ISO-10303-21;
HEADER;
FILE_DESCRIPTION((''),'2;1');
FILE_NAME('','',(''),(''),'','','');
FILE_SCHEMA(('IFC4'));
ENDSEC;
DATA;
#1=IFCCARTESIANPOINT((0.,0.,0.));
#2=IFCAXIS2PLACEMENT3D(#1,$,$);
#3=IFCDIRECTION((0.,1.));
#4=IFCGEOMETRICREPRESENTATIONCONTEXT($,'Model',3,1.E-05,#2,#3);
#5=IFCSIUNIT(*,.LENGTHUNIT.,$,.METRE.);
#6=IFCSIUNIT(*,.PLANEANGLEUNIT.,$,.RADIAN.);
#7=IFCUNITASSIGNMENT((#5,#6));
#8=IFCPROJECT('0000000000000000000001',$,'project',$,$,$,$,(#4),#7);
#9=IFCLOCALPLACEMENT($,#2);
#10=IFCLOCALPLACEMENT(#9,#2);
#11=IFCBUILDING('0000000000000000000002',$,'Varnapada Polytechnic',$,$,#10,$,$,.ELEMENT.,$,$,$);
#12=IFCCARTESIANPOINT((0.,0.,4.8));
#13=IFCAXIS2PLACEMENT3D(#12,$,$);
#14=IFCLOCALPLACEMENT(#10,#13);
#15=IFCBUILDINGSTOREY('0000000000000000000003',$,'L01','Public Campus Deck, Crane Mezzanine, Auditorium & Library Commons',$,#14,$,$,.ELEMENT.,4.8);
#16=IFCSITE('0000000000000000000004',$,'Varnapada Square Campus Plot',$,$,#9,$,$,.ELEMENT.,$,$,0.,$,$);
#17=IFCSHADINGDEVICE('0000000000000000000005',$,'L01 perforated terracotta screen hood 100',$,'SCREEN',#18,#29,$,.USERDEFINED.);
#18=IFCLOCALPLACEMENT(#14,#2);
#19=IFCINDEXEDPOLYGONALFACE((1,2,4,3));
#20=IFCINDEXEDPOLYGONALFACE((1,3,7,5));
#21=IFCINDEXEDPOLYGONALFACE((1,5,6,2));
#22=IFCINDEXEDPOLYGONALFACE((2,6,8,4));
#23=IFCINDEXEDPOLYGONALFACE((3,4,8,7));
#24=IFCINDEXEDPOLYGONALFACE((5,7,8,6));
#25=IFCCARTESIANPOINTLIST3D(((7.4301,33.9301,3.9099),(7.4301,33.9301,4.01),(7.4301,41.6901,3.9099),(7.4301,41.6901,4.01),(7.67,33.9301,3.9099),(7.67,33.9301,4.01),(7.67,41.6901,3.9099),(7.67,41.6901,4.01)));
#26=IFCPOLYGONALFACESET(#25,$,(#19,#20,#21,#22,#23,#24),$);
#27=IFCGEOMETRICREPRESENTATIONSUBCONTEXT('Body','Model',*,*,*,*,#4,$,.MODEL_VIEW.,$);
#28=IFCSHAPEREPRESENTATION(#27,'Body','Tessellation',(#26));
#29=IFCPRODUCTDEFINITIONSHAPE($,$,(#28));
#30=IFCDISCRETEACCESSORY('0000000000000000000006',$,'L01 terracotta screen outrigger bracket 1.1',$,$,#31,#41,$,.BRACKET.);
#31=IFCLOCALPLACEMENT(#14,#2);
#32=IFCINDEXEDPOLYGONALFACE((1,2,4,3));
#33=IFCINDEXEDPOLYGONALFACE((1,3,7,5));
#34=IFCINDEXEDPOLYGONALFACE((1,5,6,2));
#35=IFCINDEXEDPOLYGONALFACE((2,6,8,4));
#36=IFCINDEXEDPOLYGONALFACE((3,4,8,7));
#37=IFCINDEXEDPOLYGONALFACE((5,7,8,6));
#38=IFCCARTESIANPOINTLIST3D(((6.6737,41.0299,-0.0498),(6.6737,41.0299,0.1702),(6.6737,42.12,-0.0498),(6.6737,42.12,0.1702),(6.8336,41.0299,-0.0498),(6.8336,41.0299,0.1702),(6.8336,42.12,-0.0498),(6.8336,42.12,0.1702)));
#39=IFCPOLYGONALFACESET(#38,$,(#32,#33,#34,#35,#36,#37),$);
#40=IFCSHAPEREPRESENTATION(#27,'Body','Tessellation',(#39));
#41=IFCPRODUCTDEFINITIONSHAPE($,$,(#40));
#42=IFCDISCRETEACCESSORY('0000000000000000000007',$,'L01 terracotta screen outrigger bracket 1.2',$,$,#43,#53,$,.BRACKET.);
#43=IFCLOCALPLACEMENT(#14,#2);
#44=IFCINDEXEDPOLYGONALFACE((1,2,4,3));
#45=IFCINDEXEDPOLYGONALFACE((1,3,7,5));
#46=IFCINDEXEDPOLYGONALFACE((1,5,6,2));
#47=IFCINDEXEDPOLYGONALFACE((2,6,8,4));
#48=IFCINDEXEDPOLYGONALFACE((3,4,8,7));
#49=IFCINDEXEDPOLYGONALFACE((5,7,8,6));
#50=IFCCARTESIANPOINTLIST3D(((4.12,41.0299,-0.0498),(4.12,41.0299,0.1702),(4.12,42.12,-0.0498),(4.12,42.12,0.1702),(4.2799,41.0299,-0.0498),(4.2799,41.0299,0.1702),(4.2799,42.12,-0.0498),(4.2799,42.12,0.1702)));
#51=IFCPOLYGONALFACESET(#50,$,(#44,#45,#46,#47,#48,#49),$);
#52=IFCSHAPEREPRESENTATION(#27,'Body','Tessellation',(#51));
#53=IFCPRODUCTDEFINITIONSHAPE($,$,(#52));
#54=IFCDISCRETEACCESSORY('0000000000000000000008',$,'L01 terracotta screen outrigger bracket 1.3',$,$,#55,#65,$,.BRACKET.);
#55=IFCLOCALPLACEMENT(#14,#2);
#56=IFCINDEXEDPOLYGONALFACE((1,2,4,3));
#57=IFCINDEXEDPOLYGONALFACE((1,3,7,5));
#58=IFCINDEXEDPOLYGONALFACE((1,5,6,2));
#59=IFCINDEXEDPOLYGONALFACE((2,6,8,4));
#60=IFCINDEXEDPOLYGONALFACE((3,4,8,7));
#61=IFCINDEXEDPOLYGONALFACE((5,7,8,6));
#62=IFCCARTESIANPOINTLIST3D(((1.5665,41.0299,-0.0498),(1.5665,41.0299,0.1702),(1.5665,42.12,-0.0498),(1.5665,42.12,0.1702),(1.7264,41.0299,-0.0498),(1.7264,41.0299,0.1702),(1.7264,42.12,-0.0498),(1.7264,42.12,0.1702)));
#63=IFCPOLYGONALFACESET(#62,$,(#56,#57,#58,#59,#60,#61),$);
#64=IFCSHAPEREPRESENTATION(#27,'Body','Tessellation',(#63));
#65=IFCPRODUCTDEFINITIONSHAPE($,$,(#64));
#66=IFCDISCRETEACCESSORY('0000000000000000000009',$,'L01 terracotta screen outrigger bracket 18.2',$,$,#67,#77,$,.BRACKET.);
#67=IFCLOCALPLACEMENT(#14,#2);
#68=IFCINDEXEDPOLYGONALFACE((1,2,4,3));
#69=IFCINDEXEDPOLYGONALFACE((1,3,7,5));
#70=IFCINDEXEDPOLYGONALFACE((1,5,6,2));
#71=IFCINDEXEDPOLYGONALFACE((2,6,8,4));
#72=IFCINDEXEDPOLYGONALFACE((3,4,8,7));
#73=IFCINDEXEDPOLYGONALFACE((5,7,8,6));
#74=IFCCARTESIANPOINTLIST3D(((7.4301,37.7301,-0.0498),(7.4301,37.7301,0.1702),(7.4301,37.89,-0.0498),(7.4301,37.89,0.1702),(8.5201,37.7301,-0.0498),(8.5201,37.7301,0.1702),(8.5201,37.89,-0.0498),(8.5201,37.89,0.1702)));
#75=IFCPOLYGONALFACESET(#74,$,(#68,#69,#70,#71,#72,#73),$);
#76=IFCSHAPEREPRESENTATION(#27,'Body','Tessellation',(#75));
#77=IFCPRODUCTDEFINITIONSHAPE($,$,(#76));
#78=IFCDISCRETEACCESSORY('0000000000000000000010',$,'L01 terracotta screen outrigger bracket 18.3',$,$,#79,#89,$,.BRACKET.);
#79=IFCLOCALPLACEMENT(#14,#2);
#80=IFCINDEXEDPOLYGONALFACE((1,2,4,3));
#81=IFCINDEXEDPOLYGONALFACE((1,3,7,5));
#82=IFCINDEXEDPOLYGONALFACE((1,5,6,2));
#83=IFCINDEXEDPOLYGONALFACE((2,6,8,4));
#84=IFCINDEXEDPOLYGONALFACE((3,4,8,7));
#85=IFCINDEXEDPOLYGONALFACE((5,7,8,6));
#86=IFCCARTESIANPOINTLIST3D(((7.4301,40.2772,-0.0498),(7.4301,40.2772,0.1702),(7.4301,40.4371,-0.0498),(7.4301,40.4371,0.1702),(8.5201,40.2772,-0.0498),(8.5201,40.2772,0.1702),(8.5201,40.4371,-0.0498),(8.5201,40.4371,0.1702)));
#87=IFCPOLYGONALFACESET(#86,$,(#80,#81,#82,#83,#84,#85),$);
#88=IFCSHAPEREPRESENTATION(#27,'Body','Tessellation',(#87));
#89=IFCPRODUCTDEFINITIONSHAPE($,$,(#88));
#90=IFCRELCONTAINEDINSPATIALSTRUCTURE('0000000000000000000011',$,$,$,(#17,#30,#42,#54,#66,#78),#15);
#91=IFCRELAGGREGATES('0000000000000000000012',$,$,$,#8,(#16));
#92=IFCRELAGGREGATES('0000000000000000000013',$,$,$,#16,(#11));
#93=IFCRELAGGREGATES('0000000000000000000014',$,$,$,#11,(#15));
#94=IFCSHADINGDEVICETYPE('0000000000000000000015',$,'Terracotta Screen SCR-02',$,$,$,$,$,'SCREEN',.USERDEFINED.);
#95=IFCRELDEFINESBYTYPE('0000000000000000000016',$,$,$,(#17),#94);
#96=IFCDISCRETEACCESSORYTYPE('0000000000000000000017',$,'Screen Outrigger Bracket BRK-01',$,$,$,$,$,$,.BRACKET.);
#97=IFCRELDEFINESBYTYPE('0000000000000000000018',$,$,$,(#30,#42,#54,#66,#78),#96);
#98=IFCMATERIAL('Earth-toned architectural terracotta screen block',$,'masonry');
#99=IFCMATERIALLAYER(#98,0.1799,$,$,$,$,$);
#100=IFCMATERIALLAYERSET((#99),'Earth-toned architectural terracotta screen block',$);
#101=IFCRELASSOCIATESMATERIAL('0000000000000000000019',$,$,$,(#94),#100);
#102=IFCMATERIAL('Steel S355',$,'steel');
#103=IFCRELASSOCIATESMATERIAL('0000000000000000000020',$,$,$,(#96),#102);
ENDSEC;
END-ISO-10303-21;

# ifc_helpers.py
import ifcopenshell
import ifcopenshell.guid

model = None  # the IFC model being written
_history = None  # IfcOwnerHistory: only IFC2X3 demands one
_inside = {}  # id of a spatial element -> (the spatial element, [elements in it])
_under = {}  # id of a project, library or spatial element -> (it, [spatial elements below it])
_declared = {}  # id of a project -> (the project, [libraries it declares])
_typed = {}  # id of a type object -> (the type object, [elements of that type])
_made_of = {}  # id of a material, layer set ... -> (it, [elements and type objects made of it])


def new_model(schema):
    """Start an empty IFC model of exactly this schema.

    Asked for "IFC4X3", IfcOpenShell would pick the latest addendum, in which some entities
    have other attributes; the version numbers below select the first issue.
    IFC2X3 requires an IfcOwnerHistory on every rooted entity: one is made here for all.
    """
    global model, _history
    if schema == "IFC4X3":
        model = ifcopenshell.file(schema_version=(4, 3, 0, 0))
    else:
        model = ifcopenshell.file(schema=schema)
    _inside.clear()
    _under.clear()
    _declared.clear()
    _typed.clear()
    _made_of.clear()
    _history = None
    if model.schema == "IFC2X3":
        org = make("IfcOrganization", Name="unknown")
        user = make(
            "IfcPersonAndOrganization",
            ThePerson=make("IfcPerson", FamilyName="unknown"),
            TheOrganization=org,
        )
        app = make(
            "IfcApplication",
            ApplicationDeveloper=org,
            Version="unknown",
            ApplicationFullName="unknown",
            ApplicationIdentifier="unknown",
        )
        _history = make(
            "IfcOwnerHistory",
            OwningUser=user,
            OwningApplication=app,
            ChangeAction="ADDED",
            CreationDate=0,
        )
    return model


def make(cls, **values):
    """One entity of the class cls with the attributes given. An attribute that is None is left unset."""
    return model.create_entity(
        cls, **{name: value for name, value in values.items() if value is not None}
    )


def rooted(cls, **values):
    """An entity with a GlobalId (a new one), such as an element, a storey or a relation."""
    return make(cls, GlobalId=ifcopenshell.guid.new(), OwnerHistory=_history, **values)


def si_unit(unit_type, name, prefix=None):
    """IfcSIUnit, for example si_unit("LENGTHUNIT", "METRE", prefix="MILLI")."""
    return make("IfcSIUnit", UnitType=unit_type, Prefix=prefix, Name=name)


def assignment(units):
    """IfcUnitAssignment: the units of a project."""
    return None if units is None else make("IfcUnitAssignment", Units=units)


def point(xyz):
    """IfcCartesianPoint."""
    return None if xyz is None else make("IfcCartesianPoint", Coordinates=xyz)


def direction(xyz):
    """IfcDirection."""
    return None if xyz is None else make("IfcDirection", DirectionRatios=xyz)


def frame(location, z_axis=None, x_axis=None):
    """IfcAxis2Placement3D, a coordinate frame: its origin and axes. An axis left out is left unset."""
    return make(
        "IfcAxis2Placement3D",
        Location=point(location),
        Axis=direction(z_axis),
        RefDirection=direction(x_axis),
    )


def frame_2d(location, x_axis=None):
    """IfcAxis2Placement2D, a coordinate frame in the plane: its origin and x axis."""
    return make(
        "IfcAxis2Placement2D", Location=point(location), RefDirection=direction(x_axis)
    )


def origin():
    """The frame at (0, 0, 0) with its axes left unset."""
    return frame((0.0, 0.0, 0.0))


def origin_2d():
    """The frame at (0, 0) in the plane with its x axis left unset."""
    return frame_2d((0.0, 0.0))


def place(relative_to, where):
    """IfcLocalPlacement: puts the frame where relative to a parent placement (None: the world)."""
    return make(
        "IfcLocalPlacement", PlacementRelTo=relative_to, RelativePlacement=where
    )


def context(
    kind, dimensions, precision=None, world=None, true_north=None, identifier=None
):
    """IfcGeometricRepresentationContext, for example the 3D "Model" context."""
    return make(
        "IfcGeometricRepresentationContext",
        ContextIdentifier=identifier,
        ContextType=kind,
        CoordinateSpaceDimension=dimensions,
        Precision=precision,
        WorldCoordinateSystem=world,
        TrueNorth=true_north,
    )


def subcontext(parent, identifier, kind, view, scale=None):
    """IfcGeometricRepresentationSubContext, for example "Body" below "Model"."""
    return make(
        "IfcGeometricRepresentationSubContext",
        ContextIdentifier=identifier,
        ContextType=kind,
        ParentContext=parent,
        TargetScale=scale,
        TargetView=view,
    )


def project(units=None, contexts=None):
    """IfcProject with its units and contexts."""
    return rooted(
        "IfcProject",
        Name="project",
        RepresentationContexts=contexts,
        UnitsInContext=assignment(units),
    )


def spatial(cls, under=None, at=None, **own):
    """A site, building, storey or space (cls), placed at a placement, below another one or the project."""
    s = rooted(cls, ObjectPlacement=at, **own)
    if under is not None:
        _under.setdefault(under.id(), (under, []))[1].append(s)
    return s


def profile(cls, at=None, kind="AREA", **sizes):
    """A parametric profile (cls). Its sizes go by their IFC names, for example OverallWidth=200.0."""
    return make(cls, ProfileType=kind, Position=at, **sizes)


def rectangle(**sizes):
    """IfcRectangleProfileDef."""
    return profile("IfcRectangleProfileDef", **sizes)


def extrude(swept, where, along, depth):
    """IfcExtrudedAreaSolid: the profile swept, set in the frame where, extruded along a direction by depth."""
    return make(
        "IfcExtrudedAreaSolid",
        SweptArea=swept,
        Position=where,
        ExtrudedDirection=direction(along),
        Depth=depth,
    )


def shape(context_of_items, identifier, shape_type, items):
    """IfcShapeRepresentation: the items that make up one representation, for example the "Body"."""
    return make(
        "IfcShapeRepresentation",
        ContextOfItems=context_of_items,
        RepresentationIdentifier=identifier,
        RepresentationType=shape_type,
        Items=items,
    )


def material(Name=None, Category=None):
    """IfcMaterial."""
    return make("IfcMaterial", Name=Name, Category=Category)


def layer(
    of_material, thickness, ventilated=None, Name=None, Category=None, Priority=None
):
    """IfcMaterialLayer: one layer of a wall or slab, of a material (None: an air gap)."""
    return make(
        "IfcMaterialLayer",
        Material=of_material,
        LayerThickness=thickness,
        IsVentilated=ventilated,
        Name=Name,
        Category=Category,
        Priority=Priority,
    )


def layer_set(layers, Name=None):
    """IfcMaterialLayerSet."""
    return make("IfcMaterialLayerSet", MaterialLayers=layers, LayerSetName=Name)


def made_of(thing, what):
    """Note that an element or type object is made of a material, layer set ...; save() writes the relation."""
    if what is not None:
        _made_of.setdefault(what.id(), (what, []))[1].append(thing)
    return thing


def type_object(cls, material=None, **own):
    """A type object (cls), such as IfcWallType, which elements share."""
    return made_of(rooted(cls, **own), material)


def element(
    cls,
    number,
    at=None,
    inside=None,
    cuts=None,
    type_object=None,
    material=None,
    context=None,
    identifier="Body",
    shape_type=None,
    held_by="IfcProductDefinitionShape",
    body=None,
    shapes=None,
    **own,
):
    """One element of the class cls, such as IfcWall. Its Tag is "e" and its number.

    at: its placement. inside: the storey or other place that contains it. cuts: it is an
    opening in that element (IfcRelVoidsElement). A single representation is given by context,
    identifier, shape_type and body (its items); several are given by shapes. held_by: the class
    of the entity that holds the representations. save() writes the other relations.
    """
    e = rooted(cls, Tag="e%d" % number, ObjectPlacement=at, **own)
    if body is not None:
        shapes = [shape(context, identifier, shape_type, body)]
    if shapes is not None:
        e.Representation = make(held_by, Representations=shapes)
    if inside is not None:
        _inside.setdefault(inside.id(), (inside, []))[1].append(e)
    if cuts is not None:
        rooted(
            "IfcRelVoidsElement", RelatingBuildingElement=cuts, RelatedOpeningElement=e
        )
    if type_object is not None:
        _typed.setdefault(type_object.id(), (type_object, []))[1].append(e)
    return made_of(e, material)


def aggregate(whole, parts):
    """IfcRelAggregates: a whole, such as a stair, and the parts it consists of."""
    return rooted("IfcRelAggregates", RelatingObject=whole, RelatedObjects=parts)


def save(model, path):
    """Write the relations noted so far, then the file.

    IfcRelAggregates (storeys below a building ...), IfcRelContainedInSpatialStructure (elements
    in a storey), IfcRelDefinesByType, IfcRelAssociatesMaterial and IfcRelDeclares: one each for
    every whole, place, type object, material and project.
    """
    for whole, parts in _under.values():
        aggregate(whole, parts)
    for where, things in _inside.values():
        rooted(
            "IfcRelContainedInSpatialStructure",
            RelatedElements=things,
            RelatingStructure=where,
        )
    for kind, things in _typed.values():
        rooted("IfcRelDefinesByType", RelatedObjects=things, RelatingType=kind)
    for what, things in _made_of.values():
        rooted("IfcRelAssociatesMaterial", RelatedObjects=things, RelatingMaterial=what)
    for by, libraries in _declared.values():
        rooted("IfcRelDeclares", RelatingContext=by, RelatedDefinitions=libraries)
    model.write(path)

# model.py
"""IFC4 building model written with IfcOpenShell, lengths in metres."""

from ifc_helpers import new_model, si_unit, direction, frame, origin, origin_2d, place, context, subcontext, project, spatial, rectangle, extrude, material, layer, layer_set, type_object, element, save


model = new_model("IFC4")

# Units and contexts
model_context = context("Model", 3, precision=1e-05, world=origin(), true_north=direction((0.0, 1.0)))
body_context = subcontext(model_context, "Body", "Model", "MODEL_VIEW")
ifc_project = project(units=[si_unit("LENGTHUNIT", "METRE"), si_unit("PLANEANGLEUNIT", "RADIAN")], contexts=[model_context])

# Site, building, storey
site_placement = place(None, origin())
site = spatial("IfcSite", under=ifc_project, at=site_placement, Name="Varnapada Square Campus Plot", CompositionType="ELEMENT", RefElevation=0.0)
building_placement = place(site_placement, origin())
building = spatial("IfcBuilding", under=site, at=building_placement, Name="Varnapada Polytechnic", CompositionType="ELEMENT")
storey_placement = place(building_placement, frame((0.0, 0.0, 4.8)))
storey = spatial("IfcBuildingStorey", under=building, at=storey_placement, Name="L01", Description="Public Campus Deck, Crane Mezzanine, Auditorium & Library Commons", CompositionType="ELEMENT", Elevation=4.8)

# Shared definitions
ifc_material_1 = material(Name="Earth-toned architectural terracotta screen block", Category="masonry")

# Shading device
ifc_layer_1 = layer(ifc_material_1, 0.1799)
ifc_layer_set_1 = layer_set([ifc_layer_1], Name="Earth-toned architectural terracotta screen block")
shading_device_type = type_object("IfcShadingDeviceType", Name="Terracotta Screen SCR-02", ElementType="SCREEN", PredefinedType="USERDEFINED", material=ifc_layer_set_1)
shading_device_1_placement = place(storey_placement, frame((7.55, 37.8101, 3.9099), z_axis=(0.0, 0.0, 1.0), x_axis=(0.0, 1.0, 0.0)))
element("IfcShadingDevice", 1, at=shading_device_1_placement, inside=storey, type_object=shading_device_type, Name="L01 perforated terracotta screen hood 100", ObjectType="SCREEN", PredefinedType="USERDEFINED", context=body_context, shape_type="SweptSolid", body=[
    extrude(rectangle(XDim=7.76, YDim=0.24, at=origin_2d()), origin(), (0.0, 0.0, 1.0), 0.1001),
])

# Discrete accessories
ifc_material_2 = material(Name="Steel S355", Category="steel")
discrete_accessory_type = type_object("IfcDiscreteAccessoryType", Name="Screen Outrigger Bracket BRK-01", PredefinedType="BRACKET", material=ifc_material_2)
for number, where, z_axis, x_axis, name in (
    (2, (6.7537, 41.575, -0.0498), (0.0, 0.0, 1.0), (-1.0, 0.0, 0.0), "L01 terracotta screen outrigger bracket 1.1"),
    (3, (4.2, 41.575, -0.0498), (0.0, 0.0, 1.0), (-1.0, 0.0, 0.0), "L01 terracotta screen outrigger bracket 1.2"),
    (4, (1.6465, 41.575, -0.0498), (0.0, 0.0, 1.0), (-1.0, 0.0, 0.0), "L01 terracotta screen outrigger bracket 1.3"),
    (5, (7.9751, 37.8101, -0.0498), (0.0, 0.0, 1.0), (0.0, 1.0, 0.0), "L01 terracotta screen outrigger bracket 18.2"),
    (6, (7.9751, 40.3572, -0.0498), (0.0, 0.0, 1.0), (0.0, 1.0, 0.0), "L01 terracotta screen outrigger bracket 18.3"),
):
    element("IfcDiscreteAccessory", number, at=place(storey_placement, frame(where, z_axis=z_axis, x_axis=x_axis)), inside=storey, type_object=discrete_accessory_type, Name=name, PredefinedType="BRACKET", context=body_context, shape_type="SweptSolid", body=[
        extrude(rectangle(XDim=0.1599, YDim=1.0901, at=origin_2d()), origin(), (0.0, 0.0, 1.0), 0.22),
    ])

save(model, "model.ifc")
